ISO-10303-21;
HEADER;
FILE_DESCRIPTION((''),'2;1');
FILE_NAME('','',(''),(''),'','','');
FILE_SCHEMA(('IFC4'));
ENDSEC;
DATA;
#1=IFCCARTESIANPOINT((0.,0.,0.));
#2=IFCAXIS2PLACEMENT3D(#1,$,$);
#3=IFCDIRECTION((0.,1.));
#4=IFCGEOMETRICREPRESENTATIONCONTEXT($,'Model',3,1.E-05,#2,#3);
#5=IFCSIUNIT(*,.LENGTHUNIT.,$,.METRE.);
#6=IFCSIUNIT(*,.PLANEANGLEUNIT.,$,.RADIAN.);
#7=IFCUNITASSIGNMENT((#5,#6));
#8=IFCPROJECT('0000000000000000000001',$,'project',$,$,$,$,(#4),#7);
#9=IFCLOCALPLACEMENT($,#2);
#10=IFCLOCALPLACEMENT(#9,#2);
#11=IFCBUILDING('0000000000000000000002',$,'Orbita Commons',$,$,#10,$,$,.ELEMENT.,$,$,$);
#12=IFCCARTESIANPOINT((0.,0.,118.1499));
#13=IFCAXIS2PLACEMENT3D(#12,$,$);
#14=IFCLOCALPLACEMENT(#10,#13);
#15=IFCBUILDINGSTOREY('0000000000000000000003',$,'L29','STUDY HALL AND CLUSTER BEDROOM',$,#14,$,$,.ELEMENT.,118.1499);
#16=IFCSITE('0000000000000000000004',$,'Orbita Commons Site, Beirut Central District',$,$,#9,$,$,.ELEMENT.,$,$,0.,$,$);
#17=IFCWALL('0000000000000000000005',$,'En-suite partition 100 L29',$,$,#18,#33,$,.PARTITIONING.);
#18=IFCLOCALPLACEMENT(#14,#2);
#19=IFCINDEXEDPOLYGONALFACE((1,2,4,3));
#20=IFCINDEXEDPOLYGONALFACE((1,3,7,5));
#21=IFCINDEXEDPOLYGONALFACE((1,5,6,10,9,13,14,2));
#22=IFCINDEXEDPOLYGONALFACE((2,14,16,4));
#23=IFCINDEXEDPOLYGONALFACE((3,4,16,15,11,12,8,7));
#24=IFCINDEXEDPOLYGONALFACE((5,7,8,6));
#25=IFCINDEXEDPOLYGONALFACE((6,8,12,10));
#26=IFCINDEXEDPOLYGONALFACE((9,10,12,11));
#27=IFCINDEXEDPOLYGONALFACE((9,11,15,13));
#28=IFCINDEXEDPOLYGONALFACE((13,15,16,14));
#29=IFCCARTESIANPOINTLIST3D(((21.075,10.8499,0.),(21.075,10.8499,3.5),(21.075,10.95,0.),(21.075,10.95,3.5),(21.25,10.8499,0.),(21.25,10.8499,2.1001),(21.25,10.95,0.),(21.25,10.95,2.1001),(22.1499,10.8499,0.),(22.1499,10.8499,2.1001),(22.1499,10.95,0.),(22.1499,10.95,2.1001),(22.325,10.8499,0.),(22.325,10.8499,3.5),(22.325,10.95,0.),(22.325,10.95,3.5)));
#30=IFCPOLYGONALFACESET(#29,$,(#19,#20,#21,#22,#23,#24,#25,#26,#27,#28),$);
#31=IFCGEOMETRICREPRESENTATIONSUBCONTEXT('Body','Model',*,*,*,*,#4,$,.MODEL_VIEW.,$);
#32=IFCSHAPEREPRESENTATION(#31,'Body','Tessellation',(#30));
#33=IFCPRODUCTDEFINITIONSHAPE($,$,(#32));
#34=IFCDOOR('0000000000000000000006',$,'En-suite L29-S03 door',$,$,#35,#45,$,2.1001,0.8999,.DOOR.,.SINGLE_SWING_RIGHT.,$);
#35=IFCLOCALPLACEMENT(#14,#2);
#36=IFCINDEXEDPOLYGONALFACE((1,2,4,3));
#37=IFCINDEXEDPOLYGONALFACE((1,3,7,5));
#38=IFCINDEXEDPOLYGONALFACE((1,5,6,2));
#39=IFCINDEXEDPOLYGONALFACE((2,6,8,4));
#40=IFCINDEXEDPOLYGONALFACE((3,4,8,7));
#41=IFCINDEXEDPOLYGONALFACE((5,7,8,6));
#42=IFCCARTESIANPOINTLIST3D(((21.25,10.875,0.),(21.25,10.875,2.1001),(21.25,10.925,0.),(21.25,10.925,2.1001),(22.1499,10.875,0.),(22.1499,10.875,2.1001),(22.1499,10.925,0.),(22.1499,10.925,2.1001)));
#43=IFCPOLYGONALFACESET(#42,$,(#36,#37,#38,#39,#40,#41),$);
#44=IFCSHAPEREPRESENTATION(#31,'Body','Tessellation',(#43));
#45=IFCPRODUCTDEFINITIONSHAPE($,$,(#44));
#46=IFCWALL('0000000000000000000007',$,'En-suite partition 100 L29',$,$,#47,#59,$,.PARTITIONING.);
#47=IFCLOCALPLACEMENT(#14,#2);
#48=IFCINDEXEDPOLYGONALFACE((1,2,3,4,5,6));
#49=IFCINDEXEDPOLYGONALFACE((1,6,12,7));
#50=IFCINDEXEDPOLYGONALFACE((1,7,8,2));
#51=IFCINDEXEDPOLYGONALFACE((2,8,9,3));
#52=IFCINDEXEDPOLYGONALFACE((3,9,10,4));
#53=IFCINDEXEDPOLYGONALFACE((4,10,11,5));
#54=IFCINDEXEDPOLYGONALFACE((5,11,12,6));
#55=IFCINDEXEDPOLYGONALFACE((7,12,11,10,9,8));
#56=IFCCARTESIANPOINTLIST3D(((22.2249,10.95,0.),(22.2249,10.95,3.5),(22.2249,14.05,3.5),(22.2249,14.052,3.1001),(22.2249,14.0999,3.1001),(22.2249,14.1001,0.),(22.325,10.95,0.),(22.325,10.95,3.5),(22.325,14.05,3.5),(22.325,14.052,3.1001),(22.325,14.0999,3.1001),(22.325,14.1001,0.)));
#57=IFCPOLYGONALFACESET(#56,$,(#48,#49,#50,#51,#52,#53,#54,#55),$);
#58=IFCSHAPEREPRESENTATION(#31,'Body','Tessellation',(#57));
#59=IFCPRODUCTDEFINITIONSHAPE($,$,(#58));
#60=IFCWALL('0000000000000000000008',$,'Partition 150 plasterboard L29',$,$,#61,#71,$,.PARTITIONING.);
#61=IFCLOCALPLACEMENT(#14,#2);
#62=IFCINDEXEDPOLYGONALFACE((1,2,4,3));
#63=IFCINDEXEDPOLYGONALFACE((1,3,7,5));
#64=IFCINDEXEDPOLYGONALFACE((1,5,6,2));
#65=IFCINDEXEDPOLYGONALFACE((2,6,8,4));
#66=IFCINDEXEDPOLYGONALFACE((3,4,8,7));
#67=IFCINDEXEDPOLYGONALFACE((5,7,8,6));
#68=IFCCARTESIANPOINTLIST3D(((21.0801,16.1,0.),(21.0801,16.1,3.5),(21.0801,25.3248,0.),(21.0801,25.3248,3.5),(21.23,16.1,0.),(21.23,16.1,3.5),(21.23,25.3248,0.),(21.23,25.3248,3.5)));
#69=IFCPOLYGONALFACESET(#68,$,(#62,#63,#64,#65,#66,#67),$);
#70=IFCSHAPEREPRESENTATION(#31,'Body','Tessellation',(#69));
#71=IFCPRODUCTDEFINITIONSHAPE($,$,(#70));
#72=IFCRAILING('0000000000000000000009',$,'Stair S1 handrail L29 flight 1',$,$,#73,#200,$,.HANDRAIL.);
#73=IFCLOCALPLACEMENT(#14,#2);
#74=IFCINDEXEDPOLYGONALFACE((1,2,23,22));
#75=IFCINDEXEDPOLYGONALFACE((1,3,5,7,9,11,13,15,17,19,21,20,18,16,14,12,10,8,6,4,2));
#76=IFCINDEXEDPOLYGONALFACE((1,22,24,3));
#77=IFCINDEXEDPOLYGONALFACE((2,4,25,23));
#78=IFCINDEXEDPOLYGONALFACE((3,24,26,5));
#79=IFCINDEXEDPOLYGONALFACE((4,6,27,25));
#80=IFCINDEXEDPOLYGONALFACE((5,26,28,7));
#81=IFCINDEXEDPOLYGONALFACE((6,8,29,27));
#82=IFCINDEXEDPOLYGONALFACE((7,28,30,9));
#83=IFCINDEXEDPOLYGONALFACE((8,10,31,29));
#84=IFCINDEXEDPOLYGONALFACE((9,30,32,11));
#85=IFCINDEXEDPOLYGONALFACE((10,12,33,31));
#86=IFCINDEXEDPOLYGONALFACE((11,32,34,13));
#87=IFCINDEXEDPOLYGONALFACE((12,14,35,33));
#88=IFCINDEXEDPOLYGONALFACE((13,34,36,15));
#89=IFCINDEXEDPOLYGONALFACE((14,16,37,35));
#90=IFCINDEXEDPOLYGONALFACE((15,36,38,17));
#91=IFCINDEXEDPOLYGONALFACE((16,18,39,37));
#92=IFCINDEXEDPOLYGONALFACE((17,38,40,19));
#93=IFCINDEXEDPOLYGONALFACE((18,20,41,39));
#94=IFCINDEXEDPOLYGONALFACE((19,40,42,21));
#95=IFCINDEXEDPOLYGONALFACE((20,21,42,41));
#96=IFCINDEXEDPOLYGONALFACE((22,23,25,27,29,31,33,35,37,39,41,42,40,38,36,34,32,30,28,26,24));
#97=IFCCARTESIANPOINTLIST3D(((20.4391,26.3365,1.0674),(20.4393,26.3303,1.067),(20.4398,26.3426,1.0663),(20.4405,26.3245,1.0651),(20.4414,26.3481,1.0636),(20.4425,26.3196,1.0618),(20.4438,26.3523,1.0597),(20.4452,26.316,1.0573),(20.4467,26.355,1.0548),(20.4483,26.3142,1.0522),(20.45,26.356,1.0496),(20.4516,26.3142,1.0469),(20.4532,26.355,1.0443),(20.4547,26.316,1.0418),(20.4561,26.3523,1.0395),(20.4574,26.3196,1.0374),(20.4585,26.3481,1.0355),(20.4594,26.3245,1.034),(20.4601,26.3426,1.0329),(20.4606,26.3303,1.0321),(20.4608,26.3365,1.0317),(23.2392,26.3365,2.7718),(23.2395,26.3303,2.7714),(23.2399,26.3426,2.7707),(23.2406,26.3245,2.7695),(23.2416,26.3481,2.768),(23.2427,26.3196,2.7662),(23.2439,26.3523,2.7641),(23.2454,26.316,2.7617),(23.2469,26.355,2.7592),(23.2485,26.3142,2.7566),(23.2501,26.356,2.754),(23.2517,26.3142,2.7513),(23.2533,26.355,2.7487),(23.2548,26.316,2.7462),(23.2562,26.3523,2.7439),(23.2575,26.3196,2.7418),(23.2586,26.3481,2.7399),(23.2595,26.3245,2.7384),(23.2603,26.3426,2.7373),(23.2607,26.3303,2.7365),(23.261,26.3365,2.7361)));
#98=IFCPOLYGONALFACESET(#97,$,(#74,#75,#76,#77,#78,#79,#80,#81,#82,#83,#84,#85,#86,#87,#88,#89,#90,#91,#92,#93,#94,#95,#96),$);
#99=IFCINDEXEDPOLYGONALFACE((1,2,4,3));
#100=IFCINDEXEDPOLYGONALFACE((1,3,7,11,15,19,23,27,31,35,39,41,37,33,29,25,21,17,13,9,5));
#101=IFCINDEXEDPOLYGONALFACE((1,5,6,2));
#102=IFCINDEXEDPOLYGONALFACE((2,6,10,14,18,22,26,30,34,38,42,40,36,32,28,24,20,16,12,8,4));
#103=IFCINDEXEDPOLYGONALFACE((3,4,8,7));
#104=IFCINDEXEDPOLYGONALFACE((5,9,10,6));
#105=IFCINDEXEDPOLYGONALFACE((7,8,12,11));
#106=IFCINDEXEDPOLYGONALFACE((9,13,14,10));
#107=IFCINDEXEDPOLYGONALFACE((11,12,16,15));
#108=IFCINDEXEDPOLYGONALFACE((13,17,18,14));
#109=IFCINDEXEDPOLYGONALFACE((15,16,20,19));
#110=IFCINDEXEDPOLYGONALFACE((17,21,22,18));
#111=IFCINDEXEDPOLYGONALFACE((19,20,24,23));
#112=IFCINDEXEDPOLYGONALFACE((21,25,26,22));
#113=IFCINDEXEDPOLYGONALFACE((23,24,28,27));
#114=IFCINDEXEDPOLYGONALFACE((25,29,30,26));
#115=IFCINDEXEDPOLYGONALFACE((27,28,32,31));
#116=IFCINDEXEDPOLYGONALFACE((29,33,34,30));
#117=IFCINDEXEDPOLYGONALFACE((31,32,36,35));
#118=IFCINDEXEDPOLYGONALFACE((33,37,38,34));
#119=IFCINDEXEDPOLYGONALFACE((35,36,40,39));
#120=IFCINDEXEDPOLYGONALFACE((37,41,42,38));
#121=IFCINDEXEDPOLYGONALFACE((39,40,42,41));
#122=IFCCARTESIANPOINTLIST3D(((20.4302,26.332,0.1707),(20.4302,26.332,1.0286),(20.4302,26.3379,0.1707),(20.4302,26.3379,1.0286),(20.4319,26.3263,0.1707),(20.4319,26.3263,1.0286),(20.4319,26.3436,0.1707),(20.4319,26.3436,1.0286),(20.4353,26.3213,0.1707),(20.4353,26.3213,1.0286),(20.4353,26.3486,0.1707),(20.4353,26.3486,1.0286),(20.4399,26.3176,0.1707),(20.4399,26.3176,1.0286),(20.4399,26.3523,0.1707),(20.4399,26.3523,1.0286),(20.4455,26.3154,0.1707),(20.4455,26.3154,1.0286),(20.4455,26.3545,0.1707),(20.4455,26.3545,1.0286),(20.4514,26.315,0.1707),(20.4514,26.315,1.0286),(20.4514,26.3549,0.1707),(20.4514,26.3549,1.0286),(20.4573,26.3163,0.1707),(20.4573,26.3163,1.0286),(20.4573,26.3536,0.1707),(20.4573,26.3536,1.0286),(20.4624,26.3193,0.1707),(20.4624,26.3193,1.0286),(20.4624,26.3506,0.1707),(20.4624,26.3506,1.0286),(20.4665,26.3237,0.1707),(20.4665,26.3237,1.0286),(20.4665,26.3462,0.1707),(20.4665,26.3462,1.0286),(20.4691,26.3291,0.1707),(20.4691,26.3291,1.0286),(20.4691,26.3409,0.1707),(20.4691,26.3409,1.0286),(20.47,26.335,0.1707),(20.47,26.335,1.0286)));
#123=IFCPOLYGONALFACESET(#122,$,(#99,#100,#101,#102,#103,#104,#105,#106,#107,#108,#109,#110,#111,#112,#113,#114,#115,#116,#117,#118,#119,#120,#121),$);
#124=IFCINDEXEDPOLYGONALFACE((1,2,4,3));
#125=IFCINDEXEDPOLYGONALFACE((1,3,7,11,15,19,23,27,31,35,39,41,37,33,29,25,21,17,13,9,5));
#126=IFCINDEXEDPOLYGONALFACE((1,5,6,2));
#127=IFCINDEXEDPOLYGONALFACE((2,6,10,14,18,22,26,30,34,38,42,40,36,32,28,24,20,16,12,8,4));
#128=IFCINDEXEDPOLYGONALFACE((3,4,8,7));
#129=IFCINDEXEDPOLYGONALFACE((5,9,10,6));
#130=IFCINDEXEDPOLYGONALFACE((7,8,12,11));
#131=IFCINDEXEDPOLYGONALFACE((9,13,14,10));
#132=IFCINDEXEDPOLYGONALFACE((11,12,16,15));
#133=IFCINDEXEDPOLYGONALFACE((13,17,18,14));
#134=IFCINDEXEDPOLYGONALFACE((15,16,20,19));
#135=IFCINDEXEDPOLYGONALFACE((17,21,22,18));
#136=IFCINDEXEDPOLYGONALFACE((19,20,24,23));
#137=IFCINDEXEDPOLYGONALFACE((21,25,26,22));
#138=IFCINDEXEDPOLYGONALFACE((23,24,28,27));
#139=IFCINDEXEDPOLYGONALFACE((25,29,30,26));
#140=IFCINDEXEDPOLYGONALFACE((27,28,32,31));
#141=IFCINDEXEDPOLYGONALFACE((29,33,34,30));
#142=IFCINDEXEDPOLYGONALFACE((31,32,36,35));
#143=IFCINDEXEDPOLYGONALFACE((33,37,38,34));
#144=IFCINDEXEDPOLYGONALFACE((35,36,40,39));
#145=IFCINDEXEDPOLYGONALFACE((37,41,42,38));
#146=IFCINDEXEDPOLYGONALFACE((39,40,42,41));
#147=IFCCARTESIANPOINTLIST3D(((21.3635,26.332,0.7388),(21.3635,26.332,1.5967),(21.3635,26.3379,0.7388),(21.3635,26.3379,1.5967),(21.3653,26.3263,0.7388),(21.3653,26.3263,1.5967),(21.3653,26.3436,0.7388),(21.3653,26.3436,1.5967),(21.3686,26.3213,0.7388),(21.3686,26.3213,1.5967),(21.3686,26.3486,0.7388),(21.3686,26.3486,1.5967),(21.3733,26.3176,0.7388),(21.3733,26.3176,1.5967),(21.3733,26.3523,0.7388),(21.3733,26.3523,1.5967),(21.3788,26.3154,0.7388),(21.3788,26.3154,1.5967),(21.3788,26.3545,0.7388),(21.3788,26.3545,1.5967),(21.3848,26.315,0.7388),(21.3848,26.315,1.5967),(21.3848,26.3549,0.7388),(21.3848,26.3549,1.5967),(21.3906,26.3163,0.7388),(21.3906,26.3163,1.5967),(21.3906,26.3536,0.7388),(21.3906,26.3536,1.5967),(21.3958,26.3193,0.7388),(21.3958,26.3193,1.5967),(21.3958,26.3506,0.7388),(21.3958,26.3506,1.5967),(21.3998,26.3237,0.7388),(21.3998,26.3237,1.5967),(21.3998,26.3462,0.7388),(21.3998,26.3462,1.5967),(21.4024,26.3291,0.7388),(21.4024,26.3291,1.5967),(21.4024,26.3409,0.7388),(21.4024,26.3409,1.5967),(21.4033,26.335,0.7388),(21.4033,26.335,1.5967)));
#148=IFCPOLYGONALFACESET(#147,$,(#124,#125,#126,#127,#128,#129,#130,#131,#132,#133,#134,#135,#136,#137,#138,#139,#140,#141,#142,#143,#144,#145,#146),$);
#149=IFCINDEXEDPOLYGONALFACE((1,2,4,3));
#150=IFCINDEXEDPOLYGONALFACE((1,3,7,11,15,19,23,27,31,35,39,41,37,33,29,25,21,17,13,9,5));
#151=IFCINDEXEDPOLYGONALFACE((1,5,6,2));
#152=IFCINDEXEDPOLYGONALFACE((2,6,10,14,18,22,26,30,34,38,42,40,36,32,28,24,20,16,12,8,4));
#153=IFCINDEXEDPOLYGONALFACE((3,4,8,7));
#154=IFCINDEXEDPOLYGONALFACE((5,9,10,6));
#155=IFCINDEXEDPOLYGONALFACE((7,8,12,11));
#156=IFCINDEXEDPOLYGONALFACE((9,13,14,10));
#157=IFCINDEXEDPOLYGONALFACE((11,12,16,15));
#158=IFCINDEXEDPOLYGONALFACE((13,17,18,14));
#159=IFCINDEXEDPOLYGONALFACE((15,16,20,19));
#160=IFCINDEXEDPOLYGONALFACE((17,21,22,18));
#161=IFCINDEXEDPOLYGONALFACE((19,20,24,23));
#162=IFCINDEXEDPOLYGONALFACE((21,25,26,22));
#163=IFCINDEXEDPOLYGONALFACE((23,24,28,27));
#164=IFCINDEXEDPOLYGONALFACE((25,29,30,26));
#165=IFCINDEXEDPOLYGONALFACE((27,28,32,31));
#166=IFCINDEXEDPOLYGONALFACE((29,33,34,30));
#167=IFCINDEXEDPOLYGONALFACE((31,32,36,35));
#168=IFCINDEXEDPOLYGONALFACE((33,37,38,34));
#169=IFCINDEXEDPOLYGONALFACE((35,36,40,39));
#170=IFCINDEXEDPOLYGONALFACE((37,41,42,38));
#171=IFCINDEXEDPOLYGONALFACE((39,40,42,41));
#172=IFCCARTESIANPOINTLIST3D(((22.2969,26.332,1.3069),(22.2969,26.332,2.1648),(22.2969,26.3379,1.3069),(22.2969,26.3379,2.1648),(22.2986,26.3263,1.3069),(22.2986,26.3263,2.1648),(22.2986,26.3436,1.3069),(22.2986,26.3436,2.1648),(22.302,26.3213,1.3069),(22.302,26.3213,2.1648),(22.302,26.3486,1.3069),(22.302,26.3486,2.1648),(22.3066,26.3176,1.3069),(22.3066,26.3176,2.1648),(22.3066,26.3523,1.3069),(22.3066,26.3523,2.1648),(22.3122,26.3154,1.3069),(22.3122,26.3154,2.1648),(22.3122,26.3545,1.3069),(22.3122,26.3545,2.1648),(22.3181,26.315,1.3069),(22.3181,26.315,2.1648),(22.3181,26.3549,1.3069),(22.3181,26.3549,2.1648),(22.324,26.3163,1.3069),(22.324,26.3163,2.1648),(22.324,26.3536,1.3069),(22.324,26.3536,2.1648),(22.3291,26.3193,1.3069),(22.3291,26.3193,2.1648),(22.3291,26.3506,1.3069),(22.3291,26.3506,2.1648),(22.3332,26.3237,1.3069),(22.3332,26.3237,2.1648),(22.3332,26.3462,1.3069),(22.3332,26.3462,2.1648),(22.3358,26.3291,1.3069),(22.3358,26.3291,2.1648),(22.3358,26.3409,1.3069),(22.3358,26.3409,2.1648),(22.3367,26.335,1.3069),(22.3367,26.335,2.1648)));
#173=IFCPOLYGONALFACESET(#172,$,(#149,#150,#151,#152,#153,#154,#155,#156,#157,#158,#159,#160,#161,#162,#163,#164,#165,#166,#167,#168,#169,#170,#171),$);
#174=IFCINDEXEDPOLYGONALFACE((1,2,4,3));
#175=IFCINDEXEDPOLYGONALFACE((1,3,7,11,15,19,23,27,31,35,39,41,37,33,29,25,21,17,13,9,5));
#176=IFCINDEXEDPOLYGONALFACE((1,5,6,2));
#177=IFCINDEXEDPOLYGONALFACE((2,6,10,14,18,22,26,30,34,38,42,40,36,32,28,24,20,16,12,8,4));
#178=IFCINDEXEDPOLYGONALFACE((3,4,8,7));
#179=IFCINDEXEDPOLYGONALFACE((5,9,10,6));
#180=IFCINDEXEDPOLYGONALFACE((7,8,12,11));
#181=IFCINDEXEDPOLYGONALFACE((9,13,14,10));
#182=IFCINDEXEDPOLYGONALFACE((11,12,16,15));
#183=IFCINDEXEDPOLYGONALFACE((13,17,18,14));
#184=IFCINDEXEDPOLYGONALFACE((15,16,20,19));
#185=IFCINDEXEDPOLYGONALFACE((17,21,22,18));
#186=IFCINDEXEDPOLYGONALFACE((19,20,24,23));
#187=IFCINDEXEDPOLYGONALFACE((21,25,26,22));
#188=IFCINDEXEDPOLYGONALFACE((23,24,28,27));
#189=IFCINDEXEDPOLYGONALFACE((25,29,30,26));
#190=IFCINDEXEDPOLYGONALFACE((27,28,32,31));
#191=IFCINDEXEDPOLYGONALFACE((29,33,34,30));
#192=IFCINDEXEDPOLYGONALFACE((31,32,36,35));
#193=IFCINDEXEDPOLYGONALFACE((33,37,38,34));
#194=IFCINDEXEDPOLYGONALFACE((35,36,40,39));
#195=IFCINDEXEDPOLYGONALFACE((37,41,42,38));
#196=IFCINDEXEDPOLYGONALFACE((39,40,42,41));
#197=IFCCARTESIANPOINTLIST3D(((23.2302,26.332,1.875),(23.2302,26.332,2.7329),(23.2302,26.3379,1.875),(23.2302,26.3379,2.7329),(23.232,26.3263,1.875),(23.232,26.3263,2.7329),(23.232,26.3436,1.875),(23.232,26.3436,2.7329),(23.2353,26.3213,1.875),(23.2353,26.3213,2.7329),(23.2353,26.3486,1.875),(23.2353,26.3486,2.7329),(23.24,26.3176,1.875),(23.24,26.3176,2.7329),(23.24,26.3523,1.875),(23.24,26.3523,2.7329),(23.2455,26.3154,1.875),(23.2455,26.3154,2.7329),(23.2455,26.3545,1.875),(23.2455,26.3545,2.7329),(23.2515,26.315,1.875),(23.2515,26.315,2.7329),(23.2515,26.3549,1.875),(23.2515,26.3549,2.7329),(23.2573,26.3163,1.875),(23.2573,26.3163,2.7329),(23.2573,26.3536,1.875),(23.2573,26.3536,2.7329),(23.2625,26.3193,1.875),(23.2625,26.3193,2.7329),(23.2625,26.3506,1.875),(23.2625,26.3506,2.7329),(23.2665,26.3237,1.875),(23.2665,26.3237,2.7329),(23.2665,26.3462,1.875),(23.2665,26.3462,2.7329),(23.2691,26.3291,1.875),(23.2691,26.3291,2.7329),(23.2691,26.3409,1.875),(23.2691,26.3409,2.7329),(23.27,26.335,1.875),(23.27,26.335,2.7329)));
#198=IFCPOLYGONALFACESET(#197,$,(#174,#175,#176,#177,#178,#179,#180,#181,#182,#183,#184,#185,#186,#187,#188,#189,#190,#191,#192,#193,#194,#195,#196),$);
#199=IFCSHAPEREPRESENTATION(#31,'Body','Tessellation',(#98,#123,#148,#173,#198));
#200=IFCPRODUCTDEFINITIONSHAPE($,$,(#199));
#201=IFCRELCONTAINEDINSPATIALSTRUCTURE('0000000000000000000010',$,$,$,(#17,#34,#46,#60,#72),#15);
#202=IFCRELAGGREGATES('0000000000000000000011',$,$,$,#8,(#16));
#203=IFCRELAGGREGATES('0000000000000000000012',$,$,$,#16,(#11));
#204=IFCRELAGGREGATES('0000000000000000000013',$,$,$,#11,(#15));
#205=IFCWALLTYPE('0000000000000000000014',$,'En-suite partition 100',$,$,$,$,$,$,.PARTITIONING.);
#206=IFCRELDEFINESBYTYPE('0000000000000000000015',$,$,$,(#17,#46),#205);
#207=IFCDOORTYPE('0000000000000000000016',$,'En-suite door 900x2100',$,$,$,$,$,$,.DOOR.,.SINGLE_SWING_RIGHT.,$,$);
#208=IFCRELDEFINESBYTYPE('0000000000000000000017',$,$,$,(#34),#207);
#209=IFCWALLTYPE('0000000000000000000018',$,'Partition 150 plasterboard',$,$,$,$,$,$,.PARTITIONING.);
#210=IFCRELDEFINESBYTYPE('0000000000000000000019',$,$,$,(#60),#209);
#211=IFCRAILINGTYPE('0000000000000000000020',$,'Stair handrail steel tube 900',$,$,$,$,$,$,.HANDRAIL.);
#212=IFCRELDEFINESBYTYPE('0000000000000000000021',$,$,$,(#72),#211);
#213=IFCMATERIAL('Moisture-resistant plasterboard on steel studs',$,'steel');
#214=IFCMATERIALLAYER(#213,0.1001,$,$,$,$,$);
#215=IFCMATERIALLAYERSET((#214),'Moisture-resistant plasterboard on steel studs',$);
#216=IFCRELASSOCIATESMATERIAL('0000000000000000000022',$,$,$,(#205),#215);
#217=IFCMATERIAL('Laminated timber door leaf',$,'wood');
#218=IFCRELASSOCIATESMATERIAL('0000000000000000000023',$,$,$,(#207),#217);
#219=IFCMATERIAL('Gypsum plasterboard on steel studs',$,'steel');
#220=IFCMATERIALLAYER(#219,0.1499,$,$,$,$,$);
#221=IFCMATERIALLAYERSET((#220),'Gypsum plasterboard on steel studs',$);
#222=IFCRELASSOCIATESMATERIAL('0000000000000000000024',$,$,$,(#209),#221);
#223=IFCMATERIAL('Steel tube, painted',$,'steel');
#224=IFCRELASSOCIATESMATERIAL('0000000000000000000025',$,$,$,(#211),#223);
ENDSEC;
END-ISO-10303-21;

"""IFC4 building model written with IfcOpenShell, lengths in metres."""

from ifc_helpers import new_model, si_unit, direction, frame, frame_2d, origin, origin_2d, place, context, subcontext, project, spatial, polyline, rectangle, circle, outline, extrude, material, layer, layer_set, type_object, element, fill, save


model = new_model("IFC4")

# Units and contexts
model_context = context("Model", 3, precision=1e-05, world=origin(), true_north=direction((0.0, 1.0)))
body_context = subcontext(model_context, "Body", "Model", "MODEL_VIEW")
ifc_project = project(units=[si_unit("LENGTHUNIT", "METRE"), si_unit("PLANEANGLEUNIT", "RADIAN")], contexts=[model_context])

# Site, building, storey
site_placement = place(None, origin())
site = spatial("IfcSite", under=ifc_project, at=site_placement, Name="Orbita Commons Site, Beirut Central District", CompositionType="ELEMENT", RefElevation=0.0)
building_placement = place(site_placement, origin())
building = spatial("IfcBuilding", under=site, at=building_placement, Name="Orbita Commons", CompositionType="ELEMENT")
storey_placement = place(building_placement, frame((0.0, 0.0, 118.1499)))
storey = spatial("IfcBuildingStorey", under=building, at=storey_placement, Name="L29", Description="STUDY HALL AND CLUSTER BEDROOM", CompositionType="ELEMENT", Elevation=118.1499)

# Shared definitions
ifc_material_1 = material(Name="Moisture-resistant plasterboard on steel studs", Category="steel")
ifc_layer_1 = layer(ifc_material_1, 0.1001)
ifc_layer_set_1 = layer_set([ifc_layer_1], Name="Moisture-resistant plasterboard on steel studs")
wall_type_1 = type_object("IfcWallType", Name="En-suite partition 100", PredefinedType="PARTITIONING", material=ifc_layer_set_1)
ifc_material_2 = material(Name="Laminated timber door leaf", Category="wood")
door_type_1 = type_object("IfcDoorType", Name="En-suite door 900x2100", OperationType="SINGLE_SWING_RIGHT", PredefinedType="DOOR", material=ifc_material_2)

# Wall, opening, door
wall_1_placement = place(storey_placement, frame((22.325, 10.8999, 0.0), z_axis=(0.0, 0.0, 1.0), x_axis=(-1.0, 0.0, 0.0)))
wall_1 = element("IfcWall", 1, at=wall_1_placement, inside=storey, type_object=wall_type_1, Name="En-suite partition 100 L29", PredefinedType="PARTITIONING", context=body_context, shape_type="SweptSolid", body=[
    extrude(rectangle(XDim=1.25, YDim=0.1001, at=frame_2d((0.625, 0.0))), origin(), (0.0, 0.0, 1.0), 3.5),
])
opening_1_placement = place(wall_1_placement, frame((0.175, 0.0, 0.0)))
opening_1 = element("IfcOpeningElement", 2, at=opening_1_placement, cuts=wall_1, PredefinedType="OPENING", context=body_context, shape_type="SweptSolid", body=[
    extrude(rectangle(XDim=0.8999, YDim=2.1001, at=frame_2d((0.45, 1.05))), frame((0.0, 0.0601, 0.0), z_axis=(0.0, -1.0, 0.0), x_axis=(1.0, 0.0, 0.0)), (0.0, 0.0, 1.0), 0.1201),
])
door_1_placement = place(opening_1_placement, origin())
door_1 = element("IfcDoor", 3, at=door_1_placement, inside=storey, type_object=door_type_1, Name="En-suite L29-S03 door", OperationType="SINGLE_SWING_RIGHT", OverallHeight=2.1001, OverallWidth=0.8999, PredefinedType="DOOR", context=body_context, shape_type="SweptSolid", body=[
    extrude(rectangle(XDim=0.8999, YDim=2.1001, at=frame_2d((0.45, 1.05))), frame((0.0, 0.0249, 0.0), z_axis=(0.0, -1.0, 0.0), x_axis=(1.0, 0.0, 0.0)), (0.0, 0.0, 1.0), 0.05),
])
fill(opening_1, door_1)

# Walls
wall_2_placement = place(storey_placement, frame((22.2749, 10.95, 0.0), z_axis=(0.0, 0.0, 1.0), x_axis=(0.0, 1.0, 0.0)))
element("IfcWall", 4, at=wall_2_placement, inside=storey, type_object=wall_type_1, Name="En-suite partition 100 L29", PredefinedType="PARTITIONING", context=body_context, shape_type="SweptSolid", body=[
    extrude(outline(polyline([(0.0, 0.0), (3.1501, 0.0), (3.1499, 3.1001), (3.1021, 3.1001), (3.1001, 3.5), (0.0, 3.5), (0.0, 0.0)])), frame((0.0, 0.05, 0.0), z_axis=(0.0, -1.0, 0.0), x_axis=(1.0, 0.0, 0.0)), (0.0, 0.0, 1.0), 0.1001),
])
ifc_material_3 = material(Name="Gypsum plasterboard on steel studs", Category="steel")
ifc_layer_2 = layer(ifc_material_3, 0.1499)
ifc_layer_set_2 = layer_set([ifc_layer_2], Name="Gypsum plasterboard on steel studs")
wall_type_2 = type_object("IfcWallType", Name="Partition 150 plasterboard", PredefinedType="PARTITIONING", material=ifc_layer_set_2)
wall_3_placement = place(storey_placement, frame((21.155, 16.1001, 0.0), z_axis=(0.0, 0.0, 1.0), x_axis=(0.0, 1.0, 0.0)))
element("IfcWall", 5, at=wall_3_placement, inside=storey, type_object=wall_type_2, Name="Partition 150 plasterboard L29", PredefinedType="PARTITIONING", context=body_context, shape_type="SweptSolid", body=[
    extrude(rectangle(XDim=9.2249, YDim=0.1499, at=frame_2d((4.6123, 0.0))), origin(), (0.0, 0.0, 1.0), 3.5),
])

# Railing
ifc_material_4 = material(Name="Steel tube, painted", Category="steel")
railing_type = type_object("IfcRailingType", Name="Stair handrail steel tube 900", PredefinedType="HANDRAIL", material=ifc_material_4)
railing_placement = place(storey_placement, frame((20.45, 26.335, 0.1707)))
element("IfcRailing", 6, at=railing_placement, inside=storey, type_object=railing_type, Name="Stair S1 handrail L29 flight 1", PredefinedType="HANDRAIL", context=body_context, shape_type="SweptSolid", body=[
    extrude(circle(Radius=0.021, at=origin_2d()), frame((0.0, 0.0, 0.8789), z_axis=(0.854203, 0.0, 0.51994), x_axis=(0.0, 1.0, 0.0)), (0.0, 0.0, 1.0), 3.2781),
    extrude(circle(Radius=0.02, at=origin_2d()), origin(), (0.0, 0.0, 1.0), 0.8579),
    extrude(circle(Radius=0.02, at=origin_2d()), frame((0.9333, 0.0, 0.5681)), (0.0, 0.0, 1.0), 0.8579),
    extrude(circle(Radius=0.02, at=origin_2d()), frame((1.8667, 0.0, 1.1362)), (0.0, 0.0, 1.0), 0.8579),
    extrude(circle(Radius=0.02, at=origin_2d()), frame((2.8, 0.0, 1.7043)), (0.0, 0.0, 1.0), 0.8579),
])

save(model, "model.ifc")
